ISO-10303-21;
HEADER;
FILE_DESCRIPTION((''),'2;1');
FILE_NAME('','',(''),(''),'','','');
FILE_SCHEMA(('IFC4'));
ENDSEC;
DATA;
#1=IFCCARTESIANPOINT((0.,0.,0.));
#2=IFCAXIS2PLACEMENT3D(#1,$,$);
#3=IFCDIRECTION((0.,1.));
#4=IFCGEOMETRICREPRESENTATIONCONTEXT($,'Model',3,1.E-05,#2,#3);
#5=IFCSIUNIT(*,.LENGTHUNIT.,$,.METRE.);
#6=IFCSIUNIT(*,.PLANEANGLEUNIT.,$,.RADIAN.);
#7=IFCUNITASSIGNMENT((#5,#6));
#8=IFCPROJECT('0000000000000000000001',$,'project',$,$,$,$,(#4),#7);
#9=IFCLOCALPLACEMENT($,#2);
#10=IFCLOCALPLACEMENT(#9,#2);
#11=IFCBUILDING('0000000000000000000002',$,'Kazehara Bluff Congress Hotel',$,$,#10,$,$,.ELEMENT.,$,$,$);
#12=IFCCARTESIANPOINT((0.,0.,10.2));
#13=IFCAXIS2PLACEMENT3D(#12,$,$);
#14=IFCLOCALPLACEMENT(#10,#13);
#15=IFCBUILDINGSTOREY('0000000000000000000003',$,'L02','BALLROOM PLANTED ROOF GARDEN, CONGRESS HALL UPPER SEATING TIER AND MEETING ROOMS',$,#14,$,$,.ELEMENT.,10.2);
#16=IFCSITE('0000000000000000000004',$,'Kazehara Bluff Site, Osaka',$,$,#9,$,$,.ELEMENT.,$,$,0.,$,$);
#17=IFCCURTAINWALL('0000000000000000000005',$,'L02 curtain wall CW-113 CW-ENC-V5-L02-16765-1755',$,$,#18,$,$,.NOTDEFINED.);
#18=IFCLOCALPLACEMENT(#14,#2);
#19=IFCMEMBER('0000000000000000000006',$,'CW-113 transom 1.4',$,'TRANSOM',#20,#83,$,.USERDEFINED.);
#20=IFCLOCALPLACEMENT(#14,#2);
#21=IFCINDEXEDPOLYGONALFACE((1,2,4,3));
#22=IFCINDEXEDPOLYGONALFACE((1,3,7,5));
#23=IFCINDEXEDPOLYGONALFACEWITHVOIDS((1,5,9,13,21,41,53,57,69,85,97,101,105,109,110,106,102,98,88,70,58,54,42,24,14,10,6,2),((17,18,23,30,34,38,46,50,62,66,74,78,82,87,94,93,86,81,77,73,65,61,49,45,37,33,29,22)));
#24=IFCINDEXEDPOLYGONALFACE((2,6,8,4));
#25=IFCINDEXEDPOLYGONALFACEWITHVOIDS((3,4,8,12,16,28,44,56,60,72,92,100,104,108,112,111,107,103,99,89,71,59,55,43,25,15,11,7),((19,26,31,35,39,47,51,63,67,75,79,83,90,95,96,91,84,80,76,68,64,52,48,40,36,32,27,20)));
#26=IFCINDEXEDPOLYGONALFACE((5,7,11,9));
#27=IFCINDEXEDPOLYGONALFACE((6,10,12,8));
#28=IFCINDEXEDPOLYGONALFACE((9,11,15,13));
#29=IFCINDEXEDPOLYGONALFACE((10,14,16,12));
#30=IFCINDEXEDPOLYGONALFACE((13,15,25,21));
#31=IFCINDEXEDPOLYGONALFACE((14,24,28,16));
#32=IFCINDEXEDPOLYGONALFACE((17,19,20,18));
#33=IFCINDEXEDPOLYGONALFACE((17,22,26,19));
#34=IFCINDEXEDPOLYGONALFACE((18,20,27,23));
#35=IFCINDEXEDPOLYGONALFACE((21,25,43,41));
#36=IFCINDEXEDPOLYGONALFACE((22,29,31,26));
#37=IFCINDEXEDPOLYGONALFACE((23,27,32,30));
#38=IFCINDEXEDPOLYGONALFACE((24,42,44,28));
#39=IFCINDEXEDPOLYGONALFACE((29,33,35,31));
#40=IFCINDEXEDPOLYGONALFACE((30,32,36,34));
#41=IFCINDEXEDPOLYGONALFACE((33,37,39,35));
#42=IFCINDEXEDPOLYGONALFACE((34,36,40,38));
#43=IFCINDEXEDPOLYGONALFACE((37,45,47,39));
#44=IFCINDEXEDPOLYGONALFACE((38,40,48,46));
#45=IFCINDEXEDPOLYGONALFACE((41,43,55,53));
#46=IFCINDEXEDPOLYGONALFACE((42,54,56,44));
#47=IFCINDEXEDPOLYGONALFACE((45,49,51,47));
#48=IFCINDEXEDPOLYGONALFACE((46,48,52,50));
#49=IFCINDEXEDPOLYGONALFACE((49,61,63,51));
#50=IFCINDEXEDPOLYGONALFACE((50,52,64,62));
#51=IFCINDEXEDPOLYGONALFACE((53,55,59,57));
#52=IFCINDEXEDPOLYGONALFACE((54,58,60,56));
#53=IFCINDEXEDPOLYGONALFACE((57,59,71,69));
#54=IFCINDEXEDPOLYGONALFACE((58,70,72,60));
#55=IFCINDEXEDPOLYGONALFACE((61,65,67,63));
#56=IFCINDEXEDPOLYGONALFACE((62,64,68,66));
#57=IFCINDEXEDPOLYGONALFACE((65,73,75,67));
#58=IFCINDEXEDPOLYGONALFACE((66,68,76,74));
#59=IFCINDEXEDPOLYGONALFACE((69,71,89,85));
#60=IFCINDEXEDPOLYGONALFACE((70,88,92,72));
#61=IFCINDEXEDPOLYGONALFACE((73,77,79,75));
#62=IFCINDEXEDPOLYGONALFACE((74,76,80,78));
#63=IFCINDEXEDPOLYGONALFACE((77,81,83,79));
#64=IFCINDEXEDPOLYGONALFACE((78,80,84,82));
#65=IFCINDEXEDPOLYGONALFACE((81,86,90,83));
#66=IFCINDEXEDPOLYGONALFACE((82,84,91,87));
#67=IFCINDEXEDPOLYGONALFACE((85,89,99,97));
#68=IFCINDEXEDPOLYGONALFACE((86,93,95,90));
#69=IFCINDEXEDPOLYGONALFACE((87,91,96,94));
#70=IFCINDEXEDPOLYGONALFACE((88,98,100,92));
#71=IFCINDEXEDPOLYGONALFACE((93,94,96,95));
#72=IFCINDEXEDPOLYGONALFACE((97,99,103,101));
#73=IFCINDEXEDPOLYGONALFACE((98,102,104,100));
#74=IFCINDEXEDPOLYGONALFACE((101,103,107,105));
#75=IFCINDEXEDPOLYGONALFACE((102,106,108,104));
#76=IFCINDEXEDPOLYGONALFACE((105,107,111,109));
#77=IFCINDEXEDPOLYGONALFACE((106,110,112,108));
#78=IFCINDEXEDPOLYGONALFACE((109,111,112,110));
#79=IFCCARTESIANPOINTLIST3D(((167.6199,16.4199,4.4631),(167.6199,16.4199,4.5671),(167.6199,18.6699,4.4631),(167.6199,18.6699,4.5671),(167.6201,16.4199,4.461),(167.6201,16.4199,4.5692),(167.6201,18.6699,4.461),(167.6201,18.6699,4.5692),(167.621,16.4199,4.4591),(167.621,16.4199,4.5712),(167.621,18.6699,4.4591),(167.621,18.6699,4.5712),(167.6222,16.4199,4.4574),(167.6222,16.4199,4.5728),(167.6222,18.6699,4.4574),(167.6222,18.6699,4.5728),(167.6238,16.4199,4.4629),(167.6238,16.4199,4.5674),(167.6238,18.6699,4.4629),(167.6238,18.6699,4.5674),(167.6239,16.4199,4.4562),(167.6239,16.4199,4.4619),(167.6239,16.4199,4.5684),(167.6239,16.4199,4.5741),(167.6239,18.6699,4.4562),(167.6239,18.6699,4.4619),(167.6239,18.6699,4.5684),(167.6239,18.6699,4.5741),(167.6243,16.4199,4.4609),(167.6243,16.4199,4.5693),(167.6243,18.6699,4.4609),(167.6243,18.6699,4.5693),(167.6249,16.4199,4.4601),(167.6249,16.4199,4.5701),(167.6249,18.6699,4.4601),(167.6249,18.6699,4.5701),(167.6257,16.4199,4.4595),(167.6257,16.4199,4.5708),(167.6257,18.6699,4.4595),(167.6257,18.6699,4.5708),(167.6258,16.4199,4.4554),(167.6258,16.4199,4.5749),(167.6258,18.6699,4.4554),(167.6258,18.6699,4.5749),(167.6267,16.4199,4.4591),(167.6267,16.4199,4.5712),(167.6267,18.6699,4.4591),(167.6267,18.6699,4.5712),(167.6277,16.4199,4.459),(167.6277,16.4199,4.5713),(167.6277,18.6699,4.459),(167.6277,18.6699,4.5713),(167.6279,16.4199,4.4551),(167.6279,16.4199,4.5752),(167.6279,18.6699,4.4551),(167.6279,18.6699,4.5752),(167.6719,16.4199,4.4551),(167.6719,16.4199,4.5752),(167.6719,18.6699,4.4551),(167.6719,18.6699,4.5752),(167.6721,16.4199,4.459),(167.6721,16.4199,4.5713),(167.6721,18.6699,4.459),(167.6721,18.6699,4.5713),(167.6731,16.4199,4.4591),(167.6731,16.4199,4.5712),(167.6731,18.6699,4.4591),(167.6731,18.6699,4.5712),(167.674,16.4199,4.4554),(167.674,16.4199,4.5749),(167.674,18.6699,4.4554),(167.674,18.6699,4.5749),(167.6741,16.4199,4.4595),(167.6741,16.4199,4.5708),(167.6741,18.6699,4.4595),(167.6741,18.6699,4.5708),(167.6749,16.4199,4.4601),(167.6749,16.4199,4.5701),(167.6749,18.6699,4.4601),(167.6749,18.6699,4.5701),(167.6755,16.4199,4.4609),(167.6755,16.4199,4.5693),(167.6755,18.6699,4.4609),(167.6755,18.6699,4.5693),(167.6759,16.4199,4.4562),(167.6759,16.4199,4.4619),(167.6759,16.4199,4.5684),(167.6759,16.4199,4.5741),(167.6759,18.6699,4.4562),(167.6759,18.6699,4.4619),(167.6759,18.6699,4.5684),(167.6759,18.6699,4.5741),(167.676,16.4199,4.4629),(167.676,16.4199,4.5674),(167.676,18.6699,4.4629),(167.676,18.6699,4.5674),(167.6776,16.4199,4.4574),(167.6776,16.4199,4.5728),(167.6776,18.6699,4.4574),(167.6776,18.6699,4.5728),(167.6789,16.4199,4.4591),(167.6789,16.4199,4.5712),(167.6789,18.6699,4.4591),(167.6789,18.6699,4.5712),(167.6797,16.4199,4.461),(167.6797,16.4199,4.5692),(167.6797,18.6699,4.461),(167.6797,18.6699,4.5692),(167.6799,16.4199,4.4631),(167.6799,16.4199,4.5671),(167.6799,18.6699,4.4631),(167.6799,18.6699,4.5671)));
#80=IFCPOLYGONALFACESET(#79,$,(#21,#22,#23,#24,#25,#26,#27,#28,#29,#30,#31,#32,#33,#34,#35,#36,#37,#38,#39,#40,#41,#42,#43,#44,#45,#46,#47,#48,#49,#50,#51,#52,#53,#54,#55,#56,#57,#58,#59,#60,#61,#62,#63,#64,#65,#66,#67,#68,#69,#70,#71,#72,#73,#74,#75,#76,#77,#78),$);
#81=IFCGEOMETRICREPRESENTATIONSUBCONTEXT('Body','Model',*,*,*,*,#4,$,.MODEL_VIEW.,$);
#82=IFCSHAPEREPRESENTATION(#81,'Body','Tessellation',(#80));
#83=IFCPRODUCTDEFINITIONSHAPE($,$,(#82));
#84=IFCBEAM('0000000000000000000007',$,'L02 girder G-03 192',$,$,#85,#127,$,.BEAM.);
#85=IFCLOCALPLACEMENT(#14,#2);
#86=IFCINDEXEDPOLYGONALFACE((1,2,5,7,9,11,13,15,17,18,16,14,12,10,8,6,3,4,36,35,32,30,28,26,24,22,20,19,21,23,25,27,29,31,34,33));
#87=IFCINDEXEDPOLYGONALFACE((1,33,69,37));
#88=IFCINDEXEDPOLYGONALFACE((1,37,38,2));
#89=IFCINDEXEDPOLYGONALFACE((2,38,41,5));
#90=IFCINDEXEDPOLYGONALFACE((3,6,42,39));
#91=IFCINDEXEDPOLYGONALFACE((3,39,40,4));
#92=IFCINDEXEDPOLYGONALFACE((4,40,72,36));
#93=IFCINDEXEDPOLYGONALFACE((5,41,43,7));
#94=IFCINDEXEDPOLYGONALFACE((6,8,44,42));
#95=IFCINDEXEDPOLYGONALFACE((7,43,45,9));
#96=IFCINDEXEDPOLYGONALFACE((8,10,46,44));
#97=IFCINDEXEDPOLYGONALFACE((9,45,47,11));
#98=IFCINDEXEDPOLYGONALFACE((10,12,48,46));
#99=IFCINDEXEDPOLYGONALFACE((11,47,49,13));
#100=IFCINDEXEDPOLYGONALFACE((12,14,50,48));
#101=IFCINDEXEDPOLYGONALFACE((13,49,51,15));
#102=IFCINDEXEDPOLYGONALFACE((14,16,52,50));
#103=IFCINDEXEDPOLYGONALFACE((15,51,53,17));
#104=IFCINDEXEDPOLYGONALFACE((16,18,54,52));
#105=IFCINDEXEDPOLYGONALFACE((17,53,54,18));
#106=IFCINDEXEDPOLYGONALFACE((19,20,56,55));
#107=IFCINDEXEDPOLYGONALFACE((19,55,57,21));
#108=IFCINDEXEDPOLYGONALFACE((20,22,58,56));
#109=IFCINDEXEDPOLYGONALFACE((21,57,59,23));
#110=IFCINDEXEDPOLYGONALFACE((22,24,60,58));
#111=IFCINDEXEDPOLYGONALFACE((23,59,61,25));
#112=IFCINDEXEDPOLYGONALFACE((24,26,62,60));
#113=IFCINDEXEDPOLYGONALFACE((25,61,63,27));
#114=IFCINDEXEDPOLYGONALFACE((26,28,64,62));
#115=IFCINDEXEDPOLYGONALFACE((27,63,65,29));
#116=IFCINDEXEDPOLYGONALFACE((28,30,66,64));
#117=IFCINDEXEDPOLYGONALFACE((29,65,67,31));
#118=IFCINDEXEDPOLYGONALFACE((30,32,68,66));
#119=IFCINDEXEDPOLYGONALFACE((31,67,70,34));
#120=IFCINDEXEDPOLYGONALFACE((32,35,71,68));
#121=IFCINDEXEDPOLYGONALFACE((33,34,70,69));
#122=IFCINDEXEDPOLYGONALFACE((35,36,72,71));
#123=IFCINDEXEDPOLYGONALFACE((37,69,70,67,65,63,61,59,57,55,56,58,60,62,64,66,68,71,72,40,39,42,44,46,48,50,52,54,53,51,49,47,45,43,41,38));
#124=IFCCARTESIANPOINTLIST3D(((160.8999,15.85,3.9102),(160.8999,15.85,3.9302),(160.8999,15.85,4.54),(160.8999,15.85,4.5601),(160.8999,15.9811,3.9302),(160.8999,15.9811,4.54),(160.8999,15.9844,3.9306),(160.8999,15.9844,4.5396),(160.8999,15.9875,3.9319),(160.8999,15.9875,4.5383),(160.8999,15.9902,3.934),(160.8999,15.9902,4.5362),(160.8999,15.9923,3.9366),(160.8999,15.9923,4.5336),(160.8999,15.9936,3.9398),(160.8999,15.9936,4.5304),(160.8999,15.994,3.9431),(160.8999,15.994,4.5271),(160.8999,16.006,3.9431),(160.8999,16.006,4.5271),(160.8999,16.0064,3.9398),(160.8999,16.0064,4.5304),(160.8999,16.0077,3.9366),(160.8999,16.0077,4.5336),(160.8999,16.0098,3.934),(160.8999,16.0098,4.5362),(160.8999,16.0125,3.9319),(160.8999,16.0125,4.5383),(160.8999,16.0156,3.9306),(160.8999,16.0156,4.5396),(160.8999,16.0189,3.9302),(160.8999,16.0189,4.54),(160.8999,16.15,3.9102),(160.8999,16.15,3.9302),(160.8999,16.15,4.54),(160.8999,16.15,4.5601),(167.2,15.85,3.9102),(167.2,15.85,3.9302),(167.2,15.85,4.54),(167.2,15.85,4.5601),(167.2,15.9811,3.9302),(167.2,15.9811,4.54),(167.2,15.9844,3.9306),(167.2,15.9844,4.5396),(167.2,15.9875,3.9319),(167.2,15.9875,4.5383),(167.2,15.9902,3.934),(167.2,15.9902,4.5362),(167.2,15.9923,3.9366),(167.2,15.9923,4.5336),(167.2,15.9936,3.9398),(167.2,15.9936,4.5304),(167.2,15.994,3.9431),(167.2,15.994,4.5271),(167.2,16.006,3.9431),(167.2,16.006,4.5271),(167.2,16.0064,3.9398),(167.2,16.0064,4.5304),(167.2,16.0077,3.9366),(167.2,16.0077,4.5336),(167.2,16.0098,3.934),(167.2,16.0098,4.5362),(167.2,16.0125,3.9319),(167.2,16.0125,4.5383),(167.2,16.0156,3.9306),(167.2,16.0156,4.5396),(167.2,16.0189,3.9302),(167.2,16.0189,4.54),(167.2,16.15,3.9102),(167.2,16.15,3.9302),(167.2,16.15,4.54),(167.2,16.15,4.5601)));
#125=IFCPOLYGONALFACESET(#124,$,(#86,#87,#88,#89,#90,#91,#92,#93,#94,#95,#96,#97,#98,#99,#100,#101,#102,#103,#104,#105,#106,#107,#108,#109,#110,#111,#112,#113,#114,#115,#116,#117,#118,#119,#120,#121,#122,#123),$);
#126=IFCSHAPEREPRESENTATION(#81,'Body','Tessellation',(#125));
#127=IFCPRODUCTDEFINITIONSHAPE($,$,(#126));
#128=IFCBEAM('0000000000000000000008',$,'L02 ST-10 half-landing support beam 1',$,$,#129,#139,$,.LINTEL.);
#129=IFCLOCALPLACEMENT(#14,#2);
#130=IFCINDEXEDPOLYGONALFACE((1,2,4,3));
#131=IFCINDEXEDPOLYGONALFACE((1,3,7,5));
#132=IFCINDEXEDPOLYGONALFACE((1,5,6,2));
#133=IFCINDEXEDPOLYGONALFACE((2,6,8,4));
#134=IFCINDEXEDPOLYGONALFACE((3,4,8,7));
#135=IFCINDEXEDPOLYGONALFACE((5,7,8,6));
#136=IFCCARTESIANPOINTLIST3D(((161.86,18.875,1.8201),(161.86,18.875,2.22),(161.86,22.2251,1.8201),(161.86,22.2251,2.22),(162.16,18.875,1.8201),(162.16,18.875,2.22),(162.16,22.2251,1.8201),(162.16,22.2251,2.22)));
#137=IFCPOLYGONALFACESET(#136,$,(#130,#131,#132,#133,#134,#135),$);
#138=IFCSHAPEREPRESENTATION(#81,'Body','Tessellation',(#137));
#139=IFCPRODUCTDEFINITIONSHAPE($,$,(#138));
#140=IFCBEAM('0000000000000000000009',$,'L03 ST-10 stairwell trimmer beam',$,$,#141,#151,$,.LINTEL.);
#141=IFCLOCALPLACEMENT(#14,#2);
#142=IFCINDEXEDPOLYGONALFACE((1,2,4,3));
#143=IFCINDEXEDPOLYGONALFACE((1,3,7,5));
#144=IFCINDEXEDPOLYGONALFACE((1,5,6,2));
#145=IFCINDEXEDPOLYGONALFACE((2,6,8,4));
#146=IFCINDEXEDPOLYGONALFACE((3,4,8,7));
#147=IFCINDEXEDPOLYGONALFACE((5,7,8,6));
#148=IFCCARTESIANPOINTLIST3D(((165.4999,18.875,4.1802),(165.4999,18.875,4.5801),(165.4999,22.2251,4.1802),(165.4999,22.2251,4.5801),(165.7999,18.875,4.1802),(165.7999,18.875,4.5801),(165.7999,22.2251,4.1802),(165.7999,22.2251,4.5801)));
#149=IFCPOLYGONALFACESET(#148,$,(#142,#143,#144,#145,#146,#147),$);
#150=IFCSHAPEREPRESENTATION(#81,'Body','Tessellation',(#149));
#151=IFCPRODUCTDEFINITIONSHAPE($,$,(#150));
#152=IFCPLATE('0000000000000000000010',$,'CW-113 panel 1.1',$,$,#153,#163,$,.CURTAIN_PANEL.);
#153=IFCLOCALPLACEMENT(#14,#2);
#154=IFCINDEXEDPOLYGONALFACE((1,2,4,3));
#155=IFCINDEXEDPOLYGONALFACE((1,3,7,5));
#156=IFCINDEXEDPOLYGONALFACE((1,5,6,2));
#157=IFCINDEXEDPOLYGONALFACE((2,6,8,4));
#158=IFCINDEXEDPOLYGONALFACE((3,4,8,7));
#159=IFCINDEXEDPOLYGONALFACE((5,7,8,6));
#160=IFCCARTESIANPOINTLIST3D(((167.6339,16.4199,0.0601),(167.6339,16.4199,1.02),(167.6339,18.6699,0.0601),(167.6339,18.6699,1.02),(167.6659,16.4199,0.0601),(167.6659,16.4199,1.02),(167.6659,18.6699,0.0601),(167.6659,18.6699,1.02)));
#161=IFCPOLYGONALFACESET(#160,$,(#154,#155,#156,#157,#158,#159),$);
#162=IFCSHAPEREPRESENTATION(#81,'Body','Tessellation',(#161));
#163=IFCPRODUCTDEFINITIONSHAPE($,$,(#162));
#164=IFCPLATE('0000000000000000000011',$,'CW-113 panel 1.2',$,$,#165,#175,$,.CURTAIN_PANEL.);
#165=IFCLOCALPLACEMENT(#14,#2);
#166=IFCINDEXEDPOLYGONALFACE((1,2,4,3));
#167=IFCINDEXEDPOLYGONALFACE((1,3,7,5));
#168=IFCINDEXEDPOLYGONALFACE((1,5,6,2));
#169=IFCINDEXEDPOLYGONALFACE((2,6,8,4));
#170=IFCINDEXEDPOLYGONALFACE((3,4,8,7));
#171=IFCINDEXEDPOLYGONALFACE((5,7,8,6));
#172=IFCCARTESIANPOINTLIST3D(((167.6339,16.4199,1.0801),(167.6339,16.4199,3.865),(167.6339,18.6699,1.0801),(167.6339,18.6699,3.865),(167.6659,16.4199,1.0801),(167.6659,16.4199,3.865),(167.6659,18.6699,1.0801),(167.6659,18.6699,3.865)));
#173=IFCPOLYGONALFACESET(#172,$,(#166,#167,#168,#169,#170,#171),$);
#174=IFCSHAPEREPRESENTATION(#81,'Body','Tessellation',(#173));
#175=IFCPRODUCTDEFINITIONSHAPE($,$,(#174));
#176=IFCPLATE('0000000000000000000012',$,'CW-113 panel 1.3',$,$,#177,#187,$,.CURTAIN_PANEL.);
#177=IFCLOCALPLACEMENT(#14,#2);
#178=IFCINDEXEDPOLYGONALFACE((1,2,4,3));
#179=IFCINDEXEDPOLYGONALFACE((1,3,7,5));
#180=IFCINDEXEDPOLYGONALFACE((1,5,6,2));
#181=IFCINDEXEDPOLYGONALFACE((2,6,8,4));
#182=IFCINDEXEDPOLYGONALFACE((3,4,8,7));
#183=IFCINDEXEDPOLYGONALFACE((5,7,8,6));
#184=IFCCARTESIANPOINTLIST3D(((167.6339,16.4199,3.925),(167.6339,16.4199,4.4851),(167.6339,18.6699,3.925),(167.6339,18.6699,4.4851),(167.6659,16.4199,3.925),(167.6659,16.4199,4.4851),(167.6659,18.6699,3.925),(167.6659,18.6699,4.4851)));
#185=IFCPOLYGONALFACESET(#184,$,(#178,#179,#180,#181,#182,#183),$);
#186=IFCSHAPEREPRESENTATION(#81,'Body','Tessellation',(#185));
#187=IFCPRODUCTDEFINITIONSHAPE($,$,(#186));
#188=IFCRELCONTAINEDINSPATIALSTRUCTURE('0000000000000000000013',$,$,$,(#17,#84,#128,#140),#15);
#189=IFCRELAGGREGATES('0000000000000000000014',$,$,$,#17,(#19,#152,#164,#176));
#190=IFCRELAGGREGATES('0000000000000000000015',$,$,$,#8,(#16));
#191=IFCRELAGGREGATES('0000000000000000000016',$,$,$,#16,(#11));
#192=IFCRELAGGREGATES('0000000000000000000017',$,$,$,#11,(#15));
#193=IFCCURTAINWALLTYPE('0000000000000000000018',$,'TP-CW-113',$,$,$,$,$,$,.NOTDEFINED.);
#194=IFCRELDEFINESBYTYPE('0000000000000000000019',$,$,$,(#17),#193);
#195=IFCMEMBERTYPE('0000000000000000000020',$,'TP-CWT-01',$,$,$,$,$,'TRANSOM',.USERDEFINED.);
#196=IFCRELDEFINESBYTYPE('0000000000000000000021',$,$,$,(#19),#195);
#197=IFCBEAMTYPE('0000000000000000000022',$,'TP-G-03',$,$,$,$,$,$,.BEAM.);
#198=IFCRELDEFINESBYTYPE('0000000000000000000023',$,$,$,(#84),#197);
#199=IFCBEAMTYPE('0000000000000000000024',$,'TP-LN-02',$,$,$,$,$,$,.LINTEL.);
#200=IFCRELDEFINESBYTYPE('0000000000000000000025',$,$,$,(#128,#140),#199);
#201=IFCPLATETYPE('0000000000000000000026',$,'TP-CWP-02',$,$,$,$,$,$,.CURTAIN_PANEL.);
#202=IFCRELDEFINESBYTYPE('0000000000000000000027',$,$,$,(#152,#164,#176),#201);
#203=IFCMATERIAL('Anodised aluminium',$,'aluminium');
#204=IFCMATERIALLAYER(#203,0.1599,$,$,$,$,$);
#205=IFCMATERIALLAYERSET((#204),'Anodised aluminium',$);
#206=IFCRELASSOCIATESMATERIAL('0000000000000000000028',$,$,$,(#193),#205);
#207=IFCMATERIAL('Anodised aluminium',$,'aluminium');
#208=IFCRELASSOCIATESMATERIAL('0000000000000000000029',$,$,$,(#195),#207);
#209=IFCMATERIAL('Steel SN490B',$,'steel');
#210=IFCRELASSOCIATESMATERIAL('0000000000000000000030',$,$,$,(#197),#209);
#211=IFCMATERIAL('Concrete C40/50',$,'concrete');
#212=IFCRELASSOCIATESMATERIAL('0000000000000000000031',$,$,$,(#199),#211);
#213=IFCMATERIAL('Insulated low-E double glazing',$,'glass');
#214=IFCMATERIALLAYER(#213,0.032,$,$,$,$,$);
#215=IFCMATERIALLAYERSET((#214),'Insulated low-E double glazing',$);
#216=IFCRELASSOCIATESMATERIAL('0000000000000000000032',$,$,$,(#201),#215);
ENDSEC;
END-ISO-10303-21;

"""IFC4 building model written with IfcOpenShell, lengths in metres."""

from ifc_helpers import new_model, si_unit, direction, frame, origin, origin_2d, place, context, subcontext, project, spatial, rectangle, hollow_rectangle, i_section, extrude, material, layer, layer_set, material_profile, profile_set, type_object, element, aggregate, save


model = new_model("IFC4")

# Units and contexts
model_context = context("Model", 3, precision=1e-05, world=origin(), true_north=direction((0.0, 1.0)))
body_context = subcontext(model_context, "Body", "Model", "MODEL_VIEW")
ifc_project = project(units=[si_unit("LENGTHUNIT", "METRE"), si_unit("PLANEANGLEUNIT", "RADIAN")], contexts=[model_context])

# Site, building, storey
site_placement = place(None, origin())
site = spatial("IfcSite", under=ifc_project, at=site_placement, Name="Kazehara Bluff Site, Osaka", CompositionType="ELEMENT", RefElevation=0.0)
building_placement = place(site_placement, origin())
building = spatial("IfcBuilding", under=site, at=building_placement, Name="Kazehara Bluff Congress Hotel", CompositionType="ELEMENT")
storey_placement = place(building_placement, frame((0.0, 0.0, 10.2)))
storey = spatial("IfcBuildingStorey", under=building, at=storey_placement, Name="L02", Description="BALLROOM PLANTED ROOF GARDEN, CONGRESS HALL UPPER SEATING TIER AND MEETING ROOMS", CompositionType="ELEMENT", Elevation=10.2)

# Curtain wall, member
ifc_material_1 = material(Name="Anodised aluminium", Category="aluminium")
ifc_layer_1 = layer(ifc_material_1, 0.1599)
ifc_layer_set_1 = layer_set([ifc_layer_1], Name="Anodised aluminium")
curtain_wall_type = type_object("IfcCurtainWallType", Name="TP-CW-113", PredefinedType="NOTDEFINED", material=ifc_layer_set_1)
curtain_wall_placement = place(storey_placement, origin())
curtain_wall = element("IfcCurtainWall", 1, at=curtain_wall_placement, inside=storey, type_object=curtain_wall_type, Name="L02 curtain wall CW-113 CW-ENC-V5-L02-16765-1755", PredefinedType="NOTDEFINED")
ifc_material_2 = material(Name="Anodised aluminium", Category="aluminium")
ifc_material_profile_1 = material_profile(ifc_material_2, hollow_rectangle(XDim=0.0601, YDim=0.1201, WallThickness=0.0039, InnerFilletRadius=0.0039, OuterFilletRadius=0.0081, at=origin_2d()))
ifc_profile_set_1 = profile_set([ifc_material_profile_1], Name="Anodised aluminium")
member_type_1 = type_object("IfcMemberType", Name="TP-CWT-01", ElementType="TRANSOM", PredefinedType="USERDEFINED", material=ifc_profile_set_1)
member_1_placement = place(storey_placement, frame((167.6499, 18.6699, 4.5151), z_axis=(0.0, -1.0, 0.0), x_axis=(1.0, 0.0, 0.0)))
member_1 = element("IfcMember", 2, at=member_1_placement, type_object=member_type_1, Name="CW-113 transom 1.4", ObjectType="TRANSOM", PredefinedType="USERDEFINED", context=body_context, shape_type="SweptSolid", body=[
    extrude(hollow_rectangle(XDim=0.0601, YDim=0.1201, WallThickness=0.0039, InnerFilletRadius=0.0039, OuterFilletRadius=0.0081, at=origin_2d()), origin(), (0.0, 0.0, 1.0), 2.25),
])

# Beams
ifc_material_3 = material(Name="Steel SN490B", Category="steel")
ifc_material_profile_2 = material_profile(ifc_material_3, i_section(OverallWidth=0.3, OverallDepth=0.6499, WebThickness=0.012, FlangeThickness=0.02, FilletRadius=0.0129, at=origin_2d()))
ifc_profile_set_2 = profile_set([ifc_material_profile_2], Name="Steel SN490B")
beam_type_1 = type_object("IfcBeamType", Name="TP-G-03", PredefinedType="BEAM", material=ifc_profile_set_2)
beam_placement = place(storey_placement, frame((160.8999, 16.0, 4.2351), z_axis=(1.0, 0.0, 0.0), x_axis=(0.0, 1.0, 0.0)))
element("IfcBeam", 3, at=beam_placement, inside=storey, type_object=beam_type_1, Name="L02 girder G-03 192", PredefinedType="BEAM", context=body_context, shape_type="SweptSolid", body=[
    extrude(i_section(OverallWidth=0.3, OverallDepth=0.6499, WebThickness=0.012, FlangeThickness=0.02, FilletRadius=0.0129, at=origin_2d()), origin(), (0.0, 0.0, 1.0), 6.3),
])
ifc_material_4 = material(Name="Concrete C40/50", Category="concrete")
ifc_material_profile_3 = material_profile(ifc_material_4, rectangle(XDim=0.3, YDim=0.3999, at=origin_2d()))
ifc_profile_set_3 = profile_set([ifc_material_profile_3], Name="Concrete C40/50")
beam_type_2 = type_object("IfcBeamType", Name="TP-LN-02", PredefinedType="LINTEL", material=ifc_profile_set_3)
for number, where, z_axis, x_axis, name in (
    (4, (162.01, 22.2251, 2.02), (0.0, -1.0, 0.0), (1.0, 0.0, 0.0), "L02 ST-10 half-landing support beam 1"),
    (5, (165.6499, 22.2251, 4.3801), (0.0, -1.0, 0.0), (1.0, 0.0, 0.0), "L03 ST-10 stairwell trimmer beam"),
):
    element("IfcBeam", number, at=place(storey_placement, frame(where, z_axis=z_axis, x_axis=x_axis)), inside=storey, type_object=beam_type_2, Name=name, PredefinedType="LINTEL", context=body_context, shape_type="SweptSolid", body=[
        extrude(rectangle(XDim=0.3, YDim=0.3999, at=origin_2d()), origin(), (0.0, 0.0, 1.0), 3.3501),
    ])

# Plates
ifc_material_5 = material(Name="Insulated low-E double glazing", Category="glass")
ifc_layer_2 = layer(ifc_material_5, 0.032)
ifc_layer_set_2 = layer_set([ifc_layer_2], Name="Insulated low-E double glazing")
plate_type = type_object("IfcPlateType", Name="TP-CWP-02", PredefinedType="CURTAIN_PANEL", material=ifc_layer_set_2)
plate_1_placement = place(storey_placement, frame((167.6499, 17.5449, 0.0601), z_axis=(0.0, 0.0, 1.0), x_axis=(0.0, -1.0, 0.0)))
plate_1 = element("IfcPlate", 6, at=plate_1_placement, type_object=plate_type, Name="CW-113 panel 1.1", PredefinedType="CURTAIN_PANEL", context=body_context, shape_type="SweptSolid", body=[
    extrude(rectangle(XDim=2.25, YDim=0.032, at=origin_2d()), origin(), (0.0, 0.0, 1.0), 0.96),
])
plate_2_placement = place(storey_placement, frame((167.6499, 17.5449, 1.0801), z_axis=(0.0, 0.0, 1.0), x_axis=(0.0, -1.0, 0.0)))
plate_2 = element("IfcPlate", 7, at=plate_2_placement, type_object=plate_type, Name="CW-113 panel 1.2", PredefinedType="CURTAIN_PANEL", context=body_context, shape_type="SweptSolid", body=[
    extrude(rectangle(XDim=2.25, YDim=0.032, at=origin_2d()), origin(), (0.0, 0.0, 1.0), 2.7849),
])
plate_3_placement = place(storey_placement, frame((167.6499, 17.5449, 3.925), z_axis=(0.0, 0.0, 1.0), x_axis=(0.0, -1.0, 0.0)))
plate_3 = element("IfcPlate", 8, at=plate_3_placement, type_object=plate_type, Name="CW-113 panel 1.3", PredefinedType="CURTAIN_PANEL", context=body_context, shape_type="SweptSolid", body=[
    extrude(rectangle(XDim=2.25, YDim=0.032, at=origin_2d()), origin(), (0.0, 0.0, 1.0), 0.5601),
])
aggregate(curtain_wall, [member_1, plate_1, plate_2, plate_3])

save(model, "model.ifc")
